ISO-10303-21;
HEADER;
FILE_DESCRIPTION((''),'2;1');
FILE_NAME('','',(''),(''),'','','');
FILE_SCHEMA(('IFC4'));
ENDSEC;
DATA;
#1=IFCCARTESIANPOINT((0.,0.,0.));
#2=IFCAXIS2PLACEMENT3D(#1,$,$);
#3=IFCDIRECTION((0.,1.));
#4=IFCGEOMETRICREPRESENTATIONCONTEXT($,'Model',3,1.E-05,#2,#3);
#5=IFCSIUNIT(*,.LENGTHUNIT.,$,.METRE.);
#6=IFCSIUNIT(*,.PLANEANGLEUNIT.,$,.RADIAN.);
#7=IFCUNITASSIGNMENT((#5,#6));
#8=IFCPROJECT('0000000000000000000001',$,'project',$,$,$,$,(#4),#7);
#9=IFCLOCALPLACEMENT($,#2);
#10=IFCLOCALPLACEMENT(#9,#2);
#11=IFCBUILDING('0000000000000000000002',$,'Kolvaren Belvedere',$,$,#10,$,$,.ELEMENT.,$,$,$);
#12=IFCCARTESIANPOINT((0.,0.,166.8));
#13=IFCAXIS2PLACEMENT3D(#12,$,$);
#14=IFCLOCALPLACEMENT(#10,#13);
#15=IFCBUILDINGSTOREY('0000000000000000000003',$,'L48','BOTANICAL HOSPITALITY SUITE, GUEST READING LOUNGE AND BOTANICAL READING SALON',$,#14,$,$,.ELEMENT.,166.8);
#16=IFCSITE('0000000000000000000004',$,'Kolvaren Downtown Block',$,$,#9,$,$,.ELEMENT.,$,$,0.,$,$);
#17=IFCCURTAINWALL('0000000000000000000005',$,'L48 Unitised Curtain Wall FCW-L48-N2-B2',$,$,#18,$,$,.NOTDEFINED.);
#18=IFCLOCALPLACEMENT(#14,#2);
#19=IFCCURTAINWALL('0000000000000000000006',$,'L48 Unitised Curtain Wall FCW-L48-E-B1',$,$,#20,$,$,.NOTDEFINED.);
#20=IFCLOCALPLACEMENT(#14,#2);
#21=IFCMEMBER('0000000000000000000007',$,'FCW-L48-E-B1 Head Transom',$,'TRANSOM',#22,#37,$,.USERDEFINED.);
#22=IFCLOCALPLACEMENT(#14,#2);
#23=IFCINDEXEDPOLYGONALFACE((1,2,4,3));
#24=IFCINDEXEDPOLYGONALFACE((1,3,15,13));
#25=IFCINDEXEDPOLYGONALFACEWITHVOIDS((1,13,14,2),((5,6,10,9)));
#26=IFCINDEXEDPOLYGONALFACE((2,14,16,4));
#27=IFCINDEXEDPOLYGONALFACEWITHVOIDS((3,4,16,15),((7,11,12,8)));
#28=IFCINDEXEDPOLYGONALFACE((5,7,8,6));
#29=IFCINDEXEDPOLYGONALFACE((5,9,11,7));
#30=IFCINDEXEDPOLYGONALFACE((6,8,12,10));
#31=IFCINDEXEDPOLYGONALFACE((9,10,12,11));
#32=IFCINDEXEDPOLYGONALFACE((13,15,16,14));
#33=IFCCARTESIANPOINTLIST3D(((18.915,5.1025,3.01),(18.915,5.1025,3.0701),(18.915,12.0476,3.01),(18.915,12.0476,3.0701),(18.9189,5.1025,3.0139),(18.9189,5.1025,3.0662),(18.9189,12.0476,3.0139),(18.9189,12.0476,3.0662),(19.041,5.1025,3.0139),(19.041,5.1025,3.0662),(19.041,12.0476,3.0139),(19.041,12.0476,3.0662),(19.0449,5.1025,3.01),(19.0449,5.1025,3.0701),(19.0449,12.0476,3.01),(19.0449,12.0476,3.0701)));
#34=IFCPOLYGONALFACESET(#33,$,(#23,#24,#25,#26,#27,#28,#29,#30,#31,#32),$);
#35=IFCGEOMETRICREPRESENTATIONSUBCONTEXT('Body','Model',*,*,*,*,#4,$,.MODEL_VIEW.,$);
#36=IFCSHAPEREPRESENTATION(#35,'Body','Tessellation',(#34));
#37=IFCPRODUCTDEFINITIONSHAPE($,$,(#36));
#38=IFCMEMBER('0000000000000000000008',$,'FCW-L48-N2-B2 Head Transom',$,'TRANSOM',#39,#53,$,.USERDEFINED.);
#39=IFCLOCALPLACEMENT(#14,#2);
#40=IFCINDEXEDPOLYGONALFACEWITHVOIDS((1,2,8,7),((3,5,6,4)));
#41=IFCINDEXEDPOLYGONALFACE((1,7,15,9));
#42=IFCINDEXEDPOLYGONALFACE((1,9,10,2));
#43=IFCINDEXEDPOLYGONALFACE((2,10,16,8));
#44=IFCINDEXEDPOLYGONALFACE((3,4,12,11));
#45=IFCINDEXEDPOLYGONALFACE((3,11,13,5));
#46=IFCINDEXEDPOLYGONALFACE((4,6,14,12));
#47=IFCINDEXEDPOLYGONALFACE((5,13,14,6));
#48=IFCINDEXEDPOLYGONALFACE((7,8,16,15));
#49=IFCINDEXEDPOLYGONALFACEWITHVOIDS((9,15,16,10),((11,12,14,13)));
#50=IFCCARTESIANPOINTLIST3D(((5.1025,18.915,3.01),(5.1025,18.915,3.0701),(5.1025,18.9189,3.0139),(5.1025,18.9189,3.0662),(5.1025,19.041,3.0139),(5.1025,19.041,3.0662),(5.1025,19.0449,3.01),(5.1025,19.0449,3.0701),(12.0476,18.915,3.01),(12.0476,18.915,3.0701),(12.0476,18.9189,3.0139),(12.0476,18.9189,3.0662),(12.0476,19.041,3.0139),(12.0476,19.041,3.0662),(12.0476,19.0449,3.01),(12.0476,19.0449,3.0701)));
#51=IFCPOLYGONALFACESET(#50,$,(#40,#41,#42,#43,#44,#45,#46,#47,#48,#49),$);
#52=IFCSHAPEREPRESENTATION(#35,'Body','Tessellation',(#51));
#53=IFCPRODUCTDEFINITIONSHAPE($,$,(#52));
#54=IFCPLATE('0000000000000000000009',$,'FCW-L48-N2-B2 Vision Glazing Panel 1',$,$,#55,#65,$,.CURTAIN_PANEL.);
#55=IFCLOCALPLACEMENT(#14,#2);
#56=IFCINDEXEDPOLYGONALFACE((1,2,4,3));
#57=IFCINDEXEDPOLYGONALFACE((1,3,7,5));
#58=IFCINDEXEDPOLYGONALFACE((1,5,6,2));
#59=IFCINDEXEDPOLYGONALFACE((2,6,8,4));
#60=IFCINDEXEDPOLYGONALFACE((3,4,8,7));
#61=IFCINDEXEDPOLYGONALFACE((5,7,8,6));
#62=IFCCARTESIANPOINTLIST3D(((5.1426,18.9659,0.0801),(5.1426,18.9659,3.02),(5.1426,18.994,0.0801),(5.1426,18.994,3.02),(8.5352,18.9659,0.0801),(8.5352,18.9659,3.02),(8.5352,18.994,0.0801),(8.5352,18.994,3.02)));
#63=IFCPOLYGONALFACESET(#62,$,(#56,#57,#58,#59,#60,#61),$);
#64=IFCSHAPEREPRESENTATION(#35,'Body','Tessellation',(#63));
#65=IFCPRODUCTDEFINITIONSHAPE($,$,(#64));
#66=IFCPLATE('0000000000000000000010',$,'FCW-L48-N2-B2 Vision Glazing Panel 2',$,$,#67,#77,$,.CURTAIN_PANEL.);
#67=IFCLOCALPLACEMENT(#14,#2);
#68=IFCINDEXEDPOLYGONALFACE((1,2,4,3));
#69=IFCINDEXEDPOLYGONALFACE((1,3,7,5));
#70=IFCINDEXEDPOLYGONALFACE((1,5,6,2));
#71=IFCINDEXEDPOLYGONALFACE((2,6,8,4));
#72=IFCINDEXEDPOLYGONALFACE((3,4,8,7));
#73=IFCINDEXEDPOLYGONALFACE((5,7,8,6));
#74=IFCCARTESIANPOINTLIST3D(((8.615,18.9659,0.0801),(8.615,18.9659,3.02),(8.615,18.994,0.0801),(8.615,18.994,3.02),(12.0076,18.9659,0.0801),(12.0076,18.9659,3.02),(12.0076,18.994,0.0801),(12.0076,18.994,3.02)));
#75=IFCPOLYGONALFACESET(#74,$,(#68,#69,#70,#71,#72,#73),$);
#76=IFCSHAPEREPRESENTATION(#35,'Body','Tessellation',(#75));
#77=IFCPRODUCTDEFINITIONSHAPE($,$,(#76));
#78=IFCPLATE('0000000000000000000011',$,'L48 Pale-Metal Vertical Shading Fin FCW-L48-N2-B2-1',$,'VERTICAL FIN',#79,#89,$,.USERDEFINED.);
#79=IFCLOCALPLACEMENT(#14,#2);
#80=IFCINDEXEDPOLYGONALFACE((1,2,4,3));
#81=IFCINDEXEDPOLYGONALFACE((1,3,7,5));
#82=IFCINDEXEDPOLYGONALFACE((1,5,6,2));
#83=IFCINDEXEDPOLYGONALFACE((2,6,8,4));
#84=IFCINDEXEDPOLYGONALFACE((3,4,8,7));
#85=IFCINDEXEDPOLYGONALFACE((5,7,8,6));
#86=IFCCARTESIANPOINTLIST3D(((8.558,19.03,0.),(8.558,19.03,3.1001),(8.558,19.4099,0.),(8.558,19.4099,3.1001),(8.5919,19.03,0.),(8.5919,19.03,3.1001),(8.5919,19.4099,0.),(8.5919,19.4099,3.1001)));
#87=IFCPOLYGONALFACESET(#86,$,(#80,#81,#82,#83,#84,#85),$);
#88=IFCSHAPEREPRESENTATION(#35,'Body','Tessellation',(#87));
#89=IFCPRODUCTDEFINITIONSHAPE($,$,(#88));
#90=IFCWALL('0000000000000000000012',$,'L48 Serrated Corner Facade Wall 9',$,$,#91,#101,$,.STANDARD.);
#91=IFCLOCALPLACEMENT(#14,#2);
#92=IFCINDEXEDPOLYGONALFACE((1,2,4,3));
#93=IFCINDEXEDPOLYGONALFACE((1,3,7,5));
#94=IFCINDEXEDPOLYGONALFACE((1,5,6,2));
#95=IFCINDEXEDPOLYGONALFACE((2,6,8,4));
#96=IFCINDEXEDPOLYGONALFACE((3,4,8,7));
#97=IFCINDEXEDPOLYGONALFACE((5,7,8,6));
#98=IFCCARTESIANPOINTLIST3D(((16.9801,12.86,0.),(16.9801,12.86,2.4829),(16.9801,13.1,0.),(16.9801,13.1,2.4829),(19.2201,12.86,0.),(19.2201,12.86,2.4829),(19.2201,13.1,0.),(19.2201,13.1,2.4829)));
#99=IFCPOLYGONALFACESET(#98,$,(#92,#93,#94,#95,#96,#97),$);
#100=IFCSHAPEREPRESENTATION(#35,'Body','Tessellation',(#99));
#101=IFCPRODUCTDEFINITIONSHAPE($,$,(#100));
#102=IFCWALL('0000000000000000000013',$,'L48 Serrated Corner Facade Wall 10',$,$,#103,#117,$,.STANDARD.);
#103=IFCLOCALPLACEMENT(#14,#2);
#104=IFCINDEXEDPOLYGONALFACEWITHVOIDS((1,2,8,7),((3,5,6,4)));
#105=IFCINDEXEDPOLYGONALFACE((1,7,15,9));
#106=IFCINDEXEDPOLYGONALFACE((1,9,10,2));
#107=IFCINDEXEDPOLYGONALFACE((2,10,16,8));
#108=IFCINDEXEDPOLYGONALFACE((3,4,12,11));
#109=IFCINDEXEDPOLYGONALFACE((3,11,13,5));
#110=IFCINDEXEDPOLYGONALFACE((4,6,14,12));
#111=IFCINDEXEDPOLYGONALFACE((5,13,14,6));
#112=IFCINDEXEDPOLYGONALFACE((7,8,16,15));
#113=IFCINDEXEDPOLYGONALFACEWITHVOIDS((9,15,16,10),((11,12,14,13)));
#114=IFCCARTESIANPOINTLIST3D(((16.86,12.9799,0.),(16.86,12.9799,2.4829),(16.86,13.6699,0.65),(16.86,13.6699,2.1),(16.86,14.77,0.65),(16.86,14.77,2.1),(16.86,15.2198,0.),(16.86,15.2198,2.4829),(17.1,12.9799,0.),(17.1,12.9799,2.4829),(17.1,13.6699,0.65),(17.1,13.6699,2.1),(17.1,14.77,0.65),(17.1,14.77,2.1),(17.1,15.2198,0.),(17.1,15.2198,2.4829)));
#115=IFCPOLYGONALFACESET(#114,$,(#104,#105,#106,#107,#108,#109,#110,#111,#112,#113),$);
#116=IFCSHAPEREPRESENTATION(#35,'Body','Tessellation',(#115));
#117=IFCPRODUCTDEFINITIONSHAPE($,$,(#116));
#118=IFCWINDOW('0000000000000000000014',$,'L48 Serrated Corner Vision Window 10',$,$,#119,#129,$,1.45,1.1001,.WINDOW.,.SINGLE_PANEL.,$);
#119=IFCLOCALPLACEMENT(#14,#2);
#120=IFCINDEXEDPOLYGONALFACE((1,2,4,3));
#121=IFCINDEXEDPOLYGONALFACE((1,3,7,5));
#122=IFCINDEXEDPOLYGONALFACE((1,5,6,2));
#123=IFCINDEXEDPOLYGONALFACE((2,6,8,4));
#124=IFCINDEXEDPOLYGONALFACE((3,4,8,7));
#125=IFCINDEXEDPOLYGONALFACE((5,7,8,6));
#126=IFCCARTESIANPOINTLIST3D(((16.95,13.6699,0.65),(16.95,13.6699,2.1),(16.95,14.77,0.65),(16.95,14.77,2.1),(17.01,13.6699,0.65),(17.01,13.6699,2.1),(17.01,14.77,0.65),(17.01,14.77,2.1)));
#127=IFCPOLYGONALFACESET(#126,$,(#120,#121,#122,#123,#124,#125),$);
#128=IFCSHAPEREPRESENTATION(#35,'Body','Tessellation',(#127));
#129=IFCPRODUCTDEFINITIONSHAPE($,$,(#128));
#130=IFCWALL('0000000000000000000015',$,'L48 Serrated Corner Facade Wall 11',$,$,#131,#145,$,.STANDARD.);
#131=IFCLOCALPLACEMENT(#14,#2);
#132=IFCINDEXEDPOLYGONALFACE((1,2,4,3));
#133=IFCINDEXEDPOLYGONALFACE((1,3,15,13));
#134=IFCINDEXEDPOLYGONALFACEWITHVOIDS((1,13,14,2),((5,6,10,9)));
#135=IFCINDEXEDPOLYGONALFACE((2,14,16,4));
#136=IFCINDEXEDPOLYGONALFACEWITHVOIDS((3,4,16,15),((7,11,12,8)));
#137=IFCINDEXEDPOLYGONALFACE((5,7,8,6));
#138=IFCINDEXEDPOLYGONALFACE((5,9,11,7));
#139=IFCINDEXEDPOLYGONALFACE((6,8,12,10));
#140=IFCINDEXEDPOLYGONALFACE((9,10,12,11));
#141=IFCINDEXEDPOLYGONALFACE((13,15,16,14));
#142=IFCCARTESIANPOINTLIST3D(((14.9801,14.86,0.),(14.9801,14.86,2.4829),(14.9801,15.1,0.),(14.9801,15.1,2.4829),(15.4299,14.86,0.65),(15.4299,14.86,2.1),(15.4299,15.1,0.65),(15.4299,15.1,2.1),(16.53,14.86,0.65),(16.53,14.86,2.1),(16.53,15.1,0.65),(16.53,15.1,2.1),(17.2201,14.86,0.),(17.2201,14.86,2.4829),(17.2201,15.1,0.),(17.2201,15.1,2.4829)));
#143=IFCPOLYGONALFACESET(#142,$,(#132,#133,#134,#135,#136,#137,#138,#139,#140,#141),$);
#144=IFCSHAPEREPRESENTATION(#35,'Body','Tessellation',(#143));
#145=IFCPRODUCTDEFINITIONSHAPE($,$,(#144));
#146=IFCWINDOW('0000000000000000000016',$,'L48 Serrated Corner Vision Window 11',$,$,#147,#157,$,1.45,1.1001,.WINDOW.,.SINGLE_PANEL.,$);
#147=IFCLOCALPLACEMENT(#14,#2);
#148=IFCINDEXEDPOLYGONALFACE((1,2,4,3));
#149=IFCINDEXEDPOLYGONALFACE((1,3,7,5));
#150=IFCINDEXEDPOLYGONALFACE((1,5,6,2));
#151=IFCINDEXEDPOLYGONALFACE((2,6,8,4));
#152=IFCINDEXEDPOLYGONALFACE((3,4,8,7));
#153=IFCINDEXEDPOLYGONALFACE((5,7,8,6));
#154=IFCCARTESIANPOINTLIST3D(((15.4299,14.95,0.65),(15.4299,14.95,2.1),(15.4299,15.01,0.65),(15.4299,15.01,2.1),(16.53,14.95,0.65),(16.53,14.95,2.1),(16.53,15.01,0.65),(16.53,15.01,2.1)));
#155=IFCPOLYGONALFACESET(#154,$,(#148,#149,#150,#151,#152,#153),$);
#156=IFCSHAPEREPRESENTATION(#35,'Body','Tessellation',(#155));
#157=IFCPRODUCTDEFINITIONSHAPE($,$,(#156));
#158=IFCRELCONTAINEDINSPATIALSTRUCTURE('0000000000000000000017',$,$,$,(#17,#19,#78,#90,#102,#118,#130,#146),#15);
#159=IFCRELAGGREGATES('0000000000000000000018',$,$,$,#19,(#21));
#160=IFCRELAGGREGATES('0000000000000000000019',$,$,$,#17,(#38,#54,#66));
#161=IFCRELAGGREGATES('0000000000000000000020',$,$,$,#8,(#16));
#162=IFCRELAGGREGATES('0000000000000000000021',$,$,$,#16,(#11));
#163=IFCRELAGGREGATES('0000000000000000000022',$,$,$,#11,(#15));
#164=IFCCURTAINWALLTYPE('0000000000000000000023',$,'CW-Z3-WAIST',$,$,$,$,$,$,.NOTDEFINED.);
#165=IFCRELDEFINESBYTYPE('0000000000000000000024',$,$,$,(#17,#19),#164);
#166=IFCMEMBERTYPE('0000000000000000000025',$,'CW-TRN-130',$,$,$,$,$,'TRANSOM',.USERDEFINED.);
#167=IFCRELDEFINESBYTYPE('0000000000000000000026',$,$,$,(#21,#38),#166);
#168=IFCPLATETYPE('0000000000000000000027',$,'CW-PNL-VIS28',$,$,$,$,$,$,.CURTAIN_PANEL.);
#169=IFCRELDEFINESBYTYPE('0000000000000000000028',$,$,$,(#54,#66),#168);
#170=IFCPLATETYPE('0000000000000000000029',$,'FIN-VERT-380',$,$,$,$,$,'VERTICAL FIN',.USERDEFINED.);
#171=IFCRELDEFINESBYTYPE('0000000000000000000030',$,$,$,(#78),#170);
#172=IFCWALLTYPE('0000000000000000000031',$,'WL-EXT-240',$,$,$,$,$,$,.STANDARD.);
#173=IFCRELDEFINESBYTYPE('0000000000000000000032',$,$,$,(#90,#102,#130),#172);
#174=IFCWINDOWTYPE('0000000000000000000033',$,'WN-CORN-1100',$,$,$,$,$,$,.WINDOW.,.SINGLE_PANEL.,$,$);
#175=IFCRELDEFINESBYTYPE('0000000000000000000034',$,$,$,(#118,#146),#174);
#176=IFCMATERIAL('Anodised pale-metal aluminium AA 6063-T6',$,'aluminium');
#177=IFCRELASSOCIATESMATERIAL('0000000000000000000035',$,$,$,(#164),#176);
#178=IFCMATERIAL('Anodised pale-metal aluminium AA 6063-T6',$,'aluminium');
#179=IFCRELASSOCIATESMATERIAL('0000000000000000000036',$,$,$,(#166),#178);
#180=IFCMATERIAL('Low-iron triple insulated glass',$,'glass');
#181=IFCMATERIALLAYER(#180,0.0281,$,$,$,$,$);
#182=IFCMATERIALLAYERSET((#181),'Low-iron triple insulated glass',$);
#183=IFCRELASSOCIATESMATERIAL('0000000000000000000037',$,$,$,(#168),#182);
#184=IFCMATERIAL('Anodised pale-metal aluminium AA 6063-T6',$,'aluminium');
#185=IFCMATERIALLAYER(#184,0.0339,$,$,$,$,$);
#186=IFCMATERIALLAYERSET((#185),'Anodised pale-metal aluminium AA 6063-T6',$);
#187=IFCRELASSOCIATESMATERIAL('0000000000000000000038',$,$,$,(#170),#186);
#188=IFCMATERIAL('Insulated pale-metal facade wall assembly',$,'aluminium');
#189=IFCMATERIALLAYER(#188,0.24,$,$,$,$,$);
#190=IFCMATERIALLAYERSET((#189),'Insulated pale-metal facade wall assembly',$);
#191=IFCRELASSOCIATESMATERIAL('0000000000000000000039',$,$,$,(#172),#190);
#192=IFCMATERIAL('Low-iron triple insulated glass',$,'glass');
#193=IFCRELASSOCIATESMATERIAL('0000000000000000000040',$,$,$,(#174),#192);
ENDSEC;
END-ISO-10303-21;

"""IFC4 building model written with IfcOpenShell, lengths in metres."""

from ifc_helpers import new_model, si_unit, direction, frame, frame_2d, origin, origin_2d, place, context, subcontext, project, spatial, rectangle, hollow_rectangle, extrude, material, layer, layer_set, material_profile, profile_set, type_object, element, fill, aggregate, save


model = new_model("IFC4")

# Units and contexts
model_context = context("Model", 3, precision=1e-05, world=origin(), true_north=direction((0.0, 1.0)))
body_context = subcontext(model_context, "Body", "Model", "MODEL_VIEW")
ifc_project = project(units=[si_unit("LENGTHUNIT", "METRE"), si_unit("PLANEANGLEUNIT", "RADIAN")], contexts=[model_context])

# Site, building, storey
site_placement = place(None, origin())
site = spatial("IfcSite", under=ifc_project, at=site_placement, Name="Kolvaren Downtown Block", CompositionType="ELEMENT", RefElevation=0.0)
building_placement = place(site_placement, origin())
building = spatial("IfcBuilding", under=site, at=building_placement, Name="Kolvaren Belvedere", CompositionType="ELEMENT")
storey_placement = place(building_placement, frame((0.0, 0.0, 166.8)))
storey = spatial("IfcBuildingStorey", under=building, at=storey_placement, Name="L48", Description="BOTANICAL HOSPITALITY SUITE, GUEST READING LOUNGE AND BOTANICAL READING SALON", CompositionType="ELEMENT", Elevation=166.8)

# Curtain walls, member
ifc_material_1 = material(Name="Anodised pale-metal aluminium AA 6063-T6", Category="aluminium")
curtain_wall_type = type_object("IfcCurtainWallType", Name="CW-Z3-WAIST", PredefinedType="NOTDEFINED", material=ifc_material_1)
curtain_wall_1_placement = place(storey_placement, origin())
curtain_wall_1 = element("IfcCurtainWall", 1, at=curtain_wall_1_placement, inside=storey, type_object=curtain_wall_type, Name="L48 Unitised Curtain Wall FCW-L48-N2-B2", PredefinedType="NOTDEFINED")
curtain_wall_2_placement = place(storey_placement, origin())
curtain_wall_2 = element("IfcCurtainWall", 2, at=curtain_wall_2_placement, inside=storey, type_object=curtain_wall_type, Name="L48 Unitised Curtain Wall FCW-L48-E-B1", PredefinedType="NOTDEFINED")
ifc_material_2 = material(Name="Anodised pale-metal aluminium AA 6063-T6", Category="aluminium")
ifc_material_profile_1 = material_profile(ifc_material_2, hollow_rectangle(XDim=0.0601, YDim=0.1299, WallThickness=0.0039, at=origin_2d()), Name="ALU-TRN-130X60")
ifc_profile_set_1 = profile_set([ifc_material_profile_1], Name="Anodised pale-metal aluminium AA 6063-T6")
member_type_1 = type_object("IfcMemberType", Name="CW-TRN-130", ElementType="TRANSOM", PredefinedType="USERDEFINED", material=ifc_profile_set_1)
member_1_placement = place(storey_placement, frame((18.98, 12.0476, 3.04), z_axis=(0.0, -1.0, 0.0), x_axis=(0.0, 0.0, 1.0)))
member_1 = element("IfcMember", 3, at=member_1_placement, type_object=member_type_1, Name="FCW-L48-E-B1 Head Transom", ObjectType="TRANSOM", PredefinedType="USERDEFINED", context=body_context, shape_type="SweptSolid", body=[
    extrude(hollow_rectangle(XDim=0.0601, YDim=0.1299, WallThickness=0.0039, at=origin_2d()), origin(), (0.0, 0.0, 1.0), 6.9451),
])
aggregate(curtain_wall_2, [member_1])

# Member
member_2_placement = place(storey_placement, frame((5.1025, 18.98, 3.04), z_axis=(1.0, 0.0, 0.0), x_axis=(0.0, 0.0, 1.0)))
member_2 = element("IfcMember", 4, at=member_2_placement, type_object=member_type_1, Name="FCW-L48-N2-B2 Head Transom", ObjectType="TRANSOM", PredefinedType="USERDEFINED", context=body_context, shape_type="SweptSolid", body=[
    extrude(hollow_rectangle(XDim=0.0601, YDim=0.1299, WallThickness=0.0039, at=origin_2d()), origin(), (0.0, 0.0, 1.0), 6.9451),
])

# Plates
ifc_material_3 = material(Name="Low-iron triple insulated glass", Category="glass")
ifc_layer_1 = layer(ifc_material_3, 0.0281)
ifc_layer_set_1 = layer_set([ifc_layer_1], Name="Low-iron triple insulated glass")
plate_type_1 = type_object("IfcPlateType", Name="CW-PNL-VIS28", PredefinedType="CURTAIN_PANEL", material=ifc_layer_set_1)
plate_1_placement = place(storey_placement, frame((6.8389, 18.98, 0.0801), z_axis=(0.0, 0.0, 1.0), x_axis=(1.0, 0.0, 0.0)))
plate_1 = element("IfcPlate", 5, at=plate_1_placement, type_object=plate_type_1, Name="FCW-L48-N2-B2 Vision Glazing Panel 1", PredefinedType="CURTAIN_PANEL", context=body_context, shape_type="SweptSolid", body=[
    extrude(rectangle(XDim=3.3926, YDim=0.0281, at=origin_2d()), origin(), (0.0, 0.0, 1.0), 2.9399),
])
plate_2_placement = place(storey_placement, frame((10.3113, 18.98, 0.0801), z_axis=(0.0, 0.0, 1.0), x_axis=(1.0, 0.0, 0.0)))
plate_2 = element("IfcPlate", 6, at=plate_2_placement, type_object=plate_type_1, Name="FCW-L48-N2-B2 Vision Glazing Panel 2", PredefinedType="CURTAIN_PANEL", context=body_context, shape_type="SweptSolid", body=[
    extrude(rectangle(XDim=3.3926, YDim=0.0281, at=origin_2d()), origin(), (0.0, 0.0, 1.0), 2.9399),
])
aggregate(curtain_wall_1, [member_2, plate_1, plate_2])
ifc_material_4 = material(Name="Anodised pale-metal aluminium AA 6063-T6", Category="aluminium")
ifc_layer_2 = layer(ifc_material_4, 0.0339)
ifc_layer_set_2 = layer_set([ifc_layer_2], Name="Anodised pale-metal aluminium AA 6063-T6")
plate_type_2 = type_object("IfcPlateType", Name="FIN-VERT-380", ElementType="VERTICAL FIN", PredefinedType="USERDEFINED", material=ifc_layer_set_2)
plate_3_placement = place(storey_placement, frame((8.575, 19.22, 0.0), z_axis=(0.0, 0.0, 1.0), x_axis=(0.0, 1.0, 0.0)))
element("IfcPlate", 7, at=plate_3_placement, inside=storey, type_object=plate_type_2, Name="L48 Pale-Metal Vertical Shading Fin FCW-L48-N2-B2-1", ObjectType="VERTICAL FIN", PredefinedType="USERDEFINED", context=body_context, shape_type="SweptSolid", body=[
    extrude(rectangle(XDim=0.3799, YDim=0.0339, at=origin_2d()), origin(), (0.0, 0.0, 1.0), 3.1001),
])

# Wall
ifc_material_5 = material(Name="Insulated pale-metal facade wall assembly", Category="aluminium")
ifc_layer_3 = layer(ifc_material_5, 0.24)
ifc_layer_set_3 = layer_set([ifc_layer_3], Name="Insulated pale-metal facade wall assembly")
wall_type_1 = type_object("IfcWallType", Name="WL-EXT-240", PredefinedType="STANDARD", material=ifc_layer_set_3)
wall_1_placement = place(storey_placement, frame((16.98, 12.98, 0.0), z_axis=(0.0, 0.0, 1.0), x_axis=(1.0, 0.0, 0.0)))
element("IfcWall", 8, at=wall_1_placement, inside=storey, type_object=wall_type_1, Name="L48 Serrated Corner Facade Wall 9", PredefinedType="STANDARD", context=body_context, shape_type="SweptSolid", body=[
    extrude(rectangle(XDim=2.24, YDim=0.24, at=frame_2d((1.1201, 0.0))), origin(), (0.0, 0.0, 1.0), 2.4829),
])

# Walls, openings, windows
wall_2_placement = place(storey_placement, frame((16.98, 15.22, 0.0), z_axis=(0.0, 0.0, 1.0), x_axis=(0.0, -1.0, 0.0)))
wall_2 = element("IfcWall", 9, at=wall_2_placement, inside=storey, type_object=wall_type_1, Name="L48 Serrated Corner Facade Wall 10", PredefinedType="STANDARD", context=body_context, shape_type="SweptSolid", body=[
    extrude(rectangle(XDim=2.24, YDim=0.24, at=frame_2d((1.1201, 0.0))), origin(), (0.0, 0.0, 1.0), 2.4829),
])
opening_1_placement = place(wall_2_placement, frame((0.45, 0.0, 0.6499)))
opening_1 = element("IfcOpeningElement", 10, at=opening_1_placement, cuts=wall_2, PredefinedType="OPENING", context=body_context, shape_type="SweptSolid", body=[
    extrude(rectangle(XDim=1.1001, YDim=1.45, at=frame_2d((0.55, 0.7251))), frame((0.0, 0.1299, 0.0), z_axis=(0.0, -1.0, 0.0), x_axis=(1.0, 0.0, 0.0)), (0.0, 0.0, 1.0), 0.26),
])
ifc_material_6 = material(Name="Low-iron triple insulated glass", Category="glass")
window_type = type_object("IfcWindowType", Name="WN-CORN-1100", PartitioningType="SINGLE_PANEL", PredefinedType="WINDOW", material=ifc_material_6)
window_1_placement = place(opening_1_placement, origin())
window_1 = element("IfcWindow", 11, at=window_1_placement, inside=storey, type_object=window_type, Name="L48 Serrated Corner Vision Window 10", OverallHeight=1.45, OverallWidth=1.1001, PartitioningType="SINGLE_PANEL", PredefinedType="WINDOW", context=body_context, shape_type="SweptSolid", body=[
    extrude(rectangle(XDim=1.1001, YDim=1.45, at=frame_2d((0.55, 0.7251))), frame((0.0, 0.03, 0.0), z_axis=(0.0, -1.0, 0.0), x_axis=(1.0, 0.0, 0.0)), (0.0, 0.0, 1.0), 0.0601),
])
fill(opening_1, window_1)
wall_3_placement = place(storey_placement, frame((14.98, 14.98, 0.0), z_axis=(0.0, 0.0, 1.0), x_axis=(1.0, 0.0, 0.0)))
wall_3 = element("IfcWall", 12, at=wall_3_placement, inside=storey, type_object=wall_type_1, Name="L48 Serrated Corner Facade Wall 11", PredefinedType="STANDARD", context=body_context, shape_type="SweptSolid", body=[
    extrude(rectangle(XDim=2.24, YDim=0.24, at=frame_2d((1.1201, 0.0))), origin(), (0.0, 0.0, 1.0), 2.4829),
])
opening_2_placement = place(wall_3_placement, frame((0.45, 0.0, 0.6499)))
opening_2 = element("IfcOpeningElement", 13, at=opening_2_placement, cuts=wall_3, PredefinedType="OPENING", context=body_context, shape_type="SweptSolid", body=[
    extrude(rectangle(XDim=1.1001, YDim=1.45, at=frame_2d((0.55, 0.7251))), frame((0.0, 0.1299, 0.0), z_axis=(0.0, -1.0, 0.0), x_axis=(1.0, 0.0, 0.0)), (0.0, 0.0, 1.0), 0.26),
])
window_2_placement = place(opening_2_placement, origin())
window_2 = element("IfcWindow", 14, at=window_2_placement, inside=storey, type_object=window_type, Name="L48 Serrated Corner Vision Window 11", OverallHeight=1.45, OverallWidth=1.1001, PartitioningType="SINGLE_PANEL", PredefinedType="WINDOW", context=body_context, shape_type="SweptSolid", body=[
    extrude(rectangle(XDim=1.1001, YDim=1.45, at=frame_2d((0.55, 0.7251))), frame((0.0, 0.03, 0.0), z_axis=(0.0, -1.0, 0.0), x_axis=(1.0, 0.0, 0.0)), (0.0, 0.0, 1.0), 0.0601),
])
fill(opening_2, window_2)

save(model, "model.ifc")
